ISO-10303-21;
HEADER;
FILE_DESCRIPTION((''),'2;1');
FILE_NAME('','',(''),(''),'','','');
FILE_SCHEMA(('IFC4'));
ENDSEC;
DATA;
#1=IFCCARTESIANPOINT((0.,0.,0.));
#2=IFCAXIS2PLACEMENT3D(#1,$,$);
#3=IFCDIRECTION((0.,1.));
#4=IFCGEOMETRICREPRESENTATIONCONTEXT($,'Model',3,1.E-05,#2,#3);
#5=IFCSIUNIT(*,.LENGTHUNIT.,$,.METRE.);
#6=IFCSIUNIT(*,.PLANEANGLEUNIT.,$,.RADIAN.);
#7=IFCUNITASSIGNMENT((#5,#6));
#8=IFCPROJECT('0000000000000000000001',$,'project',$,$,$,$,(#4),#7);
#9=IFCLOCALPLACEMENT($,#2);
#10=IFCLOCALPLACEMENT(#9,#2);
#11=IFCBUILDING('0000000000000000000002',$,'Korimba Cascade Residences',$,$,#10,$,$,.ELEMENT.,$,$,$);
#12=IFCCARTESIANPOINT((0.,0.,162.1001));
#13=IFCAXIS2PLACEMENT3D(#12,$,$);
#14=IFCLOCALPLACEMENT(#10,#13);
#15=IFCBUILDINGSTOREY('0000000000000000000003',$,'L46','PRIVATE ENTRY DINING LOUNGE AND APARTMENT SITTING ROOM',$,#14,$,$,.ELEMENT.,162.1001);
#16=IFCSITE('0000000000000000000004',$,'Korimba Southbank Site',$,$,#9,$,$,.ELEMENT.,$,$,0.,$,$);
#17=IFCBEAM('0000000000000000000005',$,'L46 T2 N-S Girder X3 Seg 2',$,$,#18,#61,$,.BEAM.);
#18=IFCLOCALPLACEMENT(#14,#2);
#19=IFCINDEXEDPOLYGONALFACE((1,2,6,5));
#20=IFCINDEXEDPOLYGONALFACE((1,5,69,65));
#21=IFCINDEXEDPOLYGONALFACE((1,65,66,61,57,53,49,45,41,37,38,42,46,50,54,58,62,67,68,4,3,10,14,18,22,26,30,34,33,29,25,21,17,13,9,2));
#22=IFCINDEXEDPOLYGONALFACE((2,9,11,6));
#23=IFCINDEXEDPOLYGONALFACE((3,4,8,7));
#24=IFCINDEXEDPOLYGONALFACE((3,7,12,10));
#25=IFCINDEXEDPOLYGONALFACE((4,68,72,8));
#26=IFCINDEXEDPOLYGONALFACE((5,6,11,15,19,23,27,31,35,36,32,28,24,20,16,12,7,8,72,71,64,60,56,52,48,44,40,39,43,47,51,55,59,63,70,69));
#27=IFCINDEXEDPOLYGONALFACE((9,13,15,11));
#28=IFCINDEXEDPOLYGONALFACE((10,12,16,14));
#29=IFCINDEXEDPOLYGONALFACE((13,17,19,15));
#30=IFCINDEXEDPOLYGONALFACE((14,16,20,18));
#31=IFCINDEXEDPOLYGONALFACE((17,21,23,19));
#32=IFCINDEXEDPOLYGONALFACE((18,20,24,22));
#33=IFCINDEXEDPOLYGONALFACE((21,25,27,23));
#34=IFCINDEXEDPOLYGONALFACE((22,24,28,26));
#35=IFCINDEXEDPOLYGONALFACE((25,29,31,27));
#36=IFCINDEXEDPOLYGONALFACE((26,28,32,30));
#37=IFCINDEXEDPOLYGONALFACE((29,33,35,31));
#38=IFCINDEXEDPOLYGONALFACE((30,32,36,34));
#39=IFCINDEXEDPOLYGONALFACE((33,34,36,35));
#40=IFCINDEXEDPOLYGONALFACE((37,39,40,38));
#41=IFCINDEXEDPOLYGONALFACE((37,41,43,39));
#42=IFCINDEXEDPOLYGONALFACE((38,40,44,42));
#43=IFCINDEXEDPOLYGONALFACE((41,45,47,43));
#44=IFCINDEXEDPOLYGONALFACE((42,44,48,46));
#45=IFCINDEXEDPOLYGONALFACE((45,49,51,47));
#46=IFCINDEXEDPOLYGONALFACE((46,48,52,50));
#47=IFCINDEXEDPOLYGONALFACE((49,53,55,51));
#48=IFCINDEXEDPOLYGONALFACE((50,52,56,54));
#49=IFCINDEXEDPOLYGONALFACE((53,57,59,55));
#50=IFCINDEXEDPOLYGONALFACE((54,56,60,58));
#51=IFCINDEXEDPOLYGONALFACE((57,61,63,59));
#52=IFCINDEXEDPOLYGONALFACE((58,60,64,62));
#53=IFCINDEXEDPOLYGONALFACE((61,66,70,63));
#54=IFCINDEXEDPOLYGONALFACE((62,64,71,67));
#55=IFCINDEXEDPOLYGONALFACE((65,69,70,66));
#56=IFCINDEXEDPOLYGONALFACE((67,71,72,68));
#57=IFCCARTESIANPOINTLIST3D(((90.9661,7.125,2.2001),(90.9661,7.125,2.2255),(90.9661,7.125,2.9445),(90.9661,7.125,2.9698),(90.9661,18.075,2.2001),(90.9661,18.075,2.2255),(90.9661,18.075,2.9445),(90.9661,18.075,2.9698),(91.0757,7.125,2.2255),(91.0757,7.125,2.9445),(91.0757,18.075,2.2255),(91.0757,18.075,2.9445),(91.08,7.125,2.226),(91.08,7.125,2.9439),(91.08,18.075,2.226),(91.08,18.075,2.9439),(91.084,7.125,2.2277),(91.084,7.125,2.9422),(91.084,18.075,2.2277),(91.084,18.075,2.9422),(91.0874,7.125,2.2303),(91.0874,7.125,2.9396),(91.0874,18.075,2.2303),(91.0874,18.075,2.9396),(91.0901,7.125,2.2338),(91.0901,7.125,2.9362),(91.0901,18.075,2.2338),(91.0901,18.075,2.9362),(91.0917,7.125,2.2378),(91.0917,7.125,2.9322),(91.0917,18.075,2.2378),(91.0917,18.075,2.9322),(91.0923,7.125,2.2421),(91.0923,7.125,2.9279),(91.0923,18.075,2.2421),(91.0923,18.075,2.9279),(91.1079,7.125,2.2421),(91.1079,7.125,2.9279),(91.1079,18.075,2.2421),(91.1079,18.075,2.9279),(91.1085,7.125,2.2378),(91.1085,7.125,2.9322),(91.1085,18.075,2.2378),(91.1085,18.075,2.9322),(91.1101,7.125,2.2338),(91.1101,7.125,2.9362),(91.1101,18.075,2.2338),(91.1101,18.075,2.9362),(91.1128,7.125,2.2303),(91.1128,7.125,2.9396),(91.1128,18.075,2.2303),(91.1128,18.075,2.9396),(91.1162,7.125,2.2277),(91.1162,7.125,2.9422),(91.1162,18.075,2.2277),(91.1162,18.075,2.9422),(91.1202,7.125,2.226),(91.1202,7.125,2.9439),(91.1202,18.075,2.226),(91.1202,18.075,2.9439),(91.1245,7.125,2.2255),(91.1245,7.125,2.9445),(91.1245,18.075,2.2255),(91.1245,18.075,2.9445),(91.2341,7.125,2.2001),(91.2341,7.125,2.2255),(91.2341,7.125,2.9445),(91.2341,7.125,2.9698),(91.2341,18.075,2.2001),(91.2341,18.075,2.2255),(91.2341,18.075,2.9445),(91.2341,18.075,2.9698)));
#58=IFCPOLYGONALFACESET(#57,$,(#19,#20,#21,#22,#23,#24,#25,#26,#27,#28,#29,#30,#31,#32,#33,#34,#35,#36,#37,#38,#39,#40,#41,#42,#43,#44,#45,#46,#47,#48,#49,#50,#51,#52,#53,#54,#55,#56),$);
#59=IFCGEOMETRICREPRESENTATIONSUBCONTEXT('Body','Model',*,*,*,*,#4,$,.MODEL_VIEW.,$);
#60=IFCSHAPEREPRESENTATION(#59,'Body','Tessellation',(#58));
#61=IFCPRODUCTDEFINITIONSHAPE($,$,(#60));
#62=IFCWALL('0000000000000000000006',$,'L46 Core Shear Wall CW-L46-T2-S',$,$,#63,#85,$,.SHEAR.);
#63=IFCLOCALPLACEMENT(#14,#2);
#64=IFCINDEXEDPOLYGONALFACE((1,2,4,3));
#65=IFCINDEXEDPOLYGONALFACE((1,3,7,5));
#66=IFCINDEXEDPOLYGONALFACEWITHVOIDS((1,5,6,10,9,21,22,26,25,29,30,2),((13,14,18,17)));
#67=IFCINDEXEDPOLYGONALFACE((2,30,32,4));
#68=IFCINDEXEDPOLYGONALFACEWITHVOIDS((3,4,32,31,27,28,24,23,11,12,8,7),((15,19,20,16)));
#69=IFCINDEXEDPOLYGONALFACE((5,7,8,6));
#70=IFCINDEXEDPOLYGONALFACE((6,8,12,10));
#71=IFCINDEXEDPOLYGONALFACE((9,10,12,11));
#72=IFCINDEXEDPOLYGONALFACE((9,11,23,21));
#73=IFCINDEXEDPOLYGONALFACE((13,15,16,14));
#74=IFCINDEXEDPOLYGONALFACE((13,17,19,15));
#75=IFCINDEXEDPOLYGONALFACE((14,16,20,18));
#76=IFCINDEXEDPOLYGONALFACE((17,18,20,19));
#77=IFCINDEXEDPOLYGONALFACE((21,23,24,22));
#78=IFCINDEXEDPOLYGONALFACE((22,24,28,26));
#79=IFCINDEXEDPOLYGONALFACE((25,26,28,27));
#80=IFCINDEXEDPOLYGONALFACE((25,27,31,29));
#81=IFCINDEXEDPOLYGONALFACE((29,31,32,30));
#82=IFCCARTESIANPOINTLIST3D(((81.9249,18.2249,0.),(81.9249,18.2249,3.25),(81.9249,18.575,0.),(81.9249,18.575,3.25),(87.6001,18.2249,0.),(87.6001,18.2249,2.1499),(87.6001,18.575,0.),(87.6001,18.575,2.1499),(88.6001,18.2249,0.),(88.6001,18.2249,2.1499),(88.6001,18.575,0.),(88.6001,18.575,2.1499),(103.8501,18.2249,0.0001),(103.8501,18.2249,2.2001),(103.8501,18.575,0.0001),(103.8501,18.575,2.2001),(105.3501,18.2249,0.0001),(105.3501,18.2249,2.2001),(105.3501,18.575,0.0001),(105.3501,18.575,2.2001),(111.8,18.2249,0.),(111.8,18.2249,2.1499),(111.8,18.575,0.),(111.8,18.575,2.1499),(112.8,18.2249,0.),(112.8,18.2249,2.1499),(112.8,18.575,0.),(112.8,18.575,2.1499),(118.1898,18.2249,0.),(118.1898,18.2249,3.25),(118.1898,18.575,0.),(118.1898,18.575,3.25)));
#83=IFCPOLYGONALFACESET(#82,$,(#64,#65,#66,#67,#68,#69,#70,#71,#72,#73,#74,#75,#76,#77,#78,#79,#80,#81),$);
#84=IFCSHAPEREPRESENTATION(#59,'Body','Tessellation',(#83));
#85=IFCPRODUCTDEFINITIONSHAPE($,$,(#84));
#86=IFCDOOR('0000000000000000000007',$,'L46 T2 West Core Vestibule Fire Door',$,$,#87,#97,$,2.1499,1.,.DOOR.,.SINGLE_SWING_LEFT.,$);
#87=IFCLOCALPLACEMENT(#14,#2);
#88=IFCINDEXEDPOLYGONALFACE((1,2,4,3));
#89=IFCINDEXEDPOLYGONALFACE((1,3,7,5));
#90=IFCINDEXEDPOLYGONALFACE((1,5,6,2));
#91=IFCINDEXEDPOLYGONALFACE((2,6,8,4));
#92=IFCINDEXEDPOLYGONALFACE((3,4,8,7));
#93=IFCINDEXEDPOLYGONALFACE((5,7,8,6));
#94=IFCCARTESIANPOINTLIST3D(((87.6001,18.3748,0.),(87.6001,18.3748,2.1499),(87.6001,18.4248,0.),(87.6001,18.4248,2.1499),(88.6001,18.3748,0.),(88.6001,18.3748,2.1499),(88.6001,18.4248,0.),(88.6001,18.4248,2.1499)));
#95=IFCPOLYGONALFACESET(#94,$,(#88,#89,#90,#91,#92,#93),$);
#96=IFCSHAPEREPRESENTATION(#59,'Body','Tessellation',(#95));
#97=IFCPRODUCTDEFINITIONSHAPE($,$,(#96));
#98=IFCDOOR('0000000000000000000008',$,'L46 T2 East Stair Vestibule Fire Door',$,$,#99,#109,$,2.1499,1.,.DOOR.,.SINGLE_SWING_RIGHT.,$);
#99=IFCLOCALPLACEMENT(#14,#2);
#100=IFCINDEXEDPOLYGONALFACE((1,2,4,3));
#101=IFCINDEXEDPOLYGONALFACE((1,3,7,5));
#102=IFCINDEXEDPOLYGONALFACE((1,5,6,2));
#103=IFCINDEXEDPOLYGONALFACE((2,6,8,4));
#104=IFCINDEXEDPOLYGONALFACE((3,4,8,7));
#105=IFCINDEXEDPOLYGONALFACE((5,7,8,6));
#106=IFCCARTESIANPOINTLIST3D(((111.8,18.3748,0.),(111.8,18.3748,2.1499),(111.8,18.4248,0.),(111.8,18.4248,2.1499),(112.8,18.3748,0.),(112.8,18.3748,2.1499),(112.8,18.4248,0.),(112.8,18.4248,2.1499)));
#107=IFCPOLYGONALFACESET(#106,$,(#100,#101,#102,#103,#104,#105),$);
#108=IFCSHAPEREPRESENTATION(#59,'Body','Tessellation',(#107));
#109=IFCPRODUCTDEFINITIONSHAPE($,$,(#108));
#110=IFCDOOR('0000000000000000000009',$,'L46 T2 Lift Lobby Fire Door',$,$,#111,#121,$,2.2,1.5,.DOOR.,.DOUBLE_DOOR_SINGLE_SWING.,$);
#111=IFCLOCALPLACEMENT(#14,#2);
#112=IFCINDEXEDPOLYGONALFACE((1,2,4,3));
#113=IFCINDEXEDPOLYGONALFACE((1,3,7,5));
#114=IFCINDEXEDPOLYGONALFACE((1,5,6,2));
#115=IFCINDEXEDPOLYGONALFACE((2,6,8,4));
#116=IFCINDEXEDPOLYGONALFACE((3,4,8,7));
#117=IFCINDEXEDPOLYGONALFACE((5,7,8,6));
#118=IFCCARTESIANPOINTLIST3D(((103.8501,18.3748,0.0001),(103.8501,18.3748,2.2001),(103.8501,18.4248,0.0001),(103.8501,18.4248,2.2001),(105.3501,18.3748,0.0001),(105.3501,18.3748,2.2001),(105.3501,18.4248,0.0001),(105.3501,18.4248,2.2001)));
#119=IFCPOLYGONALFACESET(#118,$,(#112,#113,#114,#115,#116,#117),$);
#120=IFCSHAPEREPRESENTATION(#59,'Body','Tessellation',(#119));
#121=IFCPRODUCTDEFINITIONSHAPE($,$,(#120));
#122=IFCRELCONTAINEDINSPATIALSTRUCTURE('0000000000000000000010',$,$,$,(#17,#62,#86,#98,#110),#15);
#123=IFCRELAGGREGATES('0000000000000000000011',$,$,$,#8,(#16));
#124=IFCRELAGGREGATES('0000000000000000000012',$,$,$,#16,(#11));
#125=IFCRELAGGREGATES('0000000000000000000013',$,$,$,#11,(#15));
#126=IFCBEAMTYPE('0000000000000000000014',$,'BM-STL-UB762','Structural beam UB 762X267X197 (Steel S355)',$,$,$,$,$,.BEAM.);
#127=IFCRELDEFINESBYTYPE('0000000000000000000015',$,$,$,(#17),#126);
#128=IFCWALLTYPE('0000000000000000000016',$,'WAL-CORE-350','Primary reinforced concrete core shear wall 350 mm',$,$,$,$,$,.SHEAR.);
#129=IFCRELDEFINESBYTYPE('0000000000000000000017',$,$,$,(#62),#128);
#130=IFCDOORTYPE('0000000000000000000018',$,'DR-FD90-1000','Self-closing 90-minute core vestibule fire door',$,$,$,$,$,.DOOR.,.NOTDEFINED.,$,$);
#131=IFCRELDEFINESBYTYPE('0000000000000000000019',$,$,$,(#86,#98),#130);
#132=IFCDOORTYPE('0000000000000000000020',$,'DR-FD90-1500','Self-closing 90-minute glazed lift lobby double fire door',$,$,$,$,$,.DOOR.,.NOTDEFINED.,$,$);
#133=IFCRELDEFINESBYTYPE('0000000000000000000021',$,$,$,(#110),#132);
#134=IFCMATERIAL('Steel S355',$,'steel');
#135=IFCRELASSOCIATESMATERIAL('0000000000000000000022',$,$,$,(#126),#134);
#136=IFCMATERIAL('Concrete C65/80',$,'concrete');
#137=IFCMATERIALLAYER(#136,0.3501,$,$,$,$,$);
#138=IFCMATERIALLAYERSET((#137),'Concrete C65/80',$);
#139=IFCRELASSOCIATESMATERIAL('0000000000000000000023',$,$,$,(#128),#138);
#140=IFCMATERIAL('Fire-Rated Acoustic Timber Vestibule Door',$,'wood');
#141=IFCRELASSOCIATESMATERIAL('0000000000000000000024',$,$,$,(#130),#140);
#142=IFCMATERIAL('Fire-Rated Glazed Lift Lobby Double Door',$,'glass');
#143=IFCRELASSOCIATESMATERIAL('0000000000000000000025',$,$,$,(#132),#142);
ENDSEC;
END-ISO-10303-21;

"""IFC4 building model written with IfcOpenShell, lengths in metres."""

from ifc_helpers import new_model, si_unit, direction, frame, frame_2d, origin, origin_2d, place, context, subcontext, project, spatial, rectangle, i_section, extrude, material, layer, layer_set, material_profile, profile_set, type_object, element, fill, save


model = new_model("IFC4")

# Units and contexts
model_context = context("Model", 3, precision=1e-05, world=origin(), true_north=direction((0.0, 1.0)))
body_context = subcontext(model_context, "Body", "Model", "MODEL_VIEW")
ifc_project = project(units=[si_unit("LENGTHUNIT", "METRE"), si_unit("PLANEANGLEUNIT", "RADIAN")], contexts=[model_context])

# Site, building, storey
site_placement = place(None, origin())
site = spatial("IfcSite", under=ifc_project, at=site_placement, Name="Korimba Southbank Site", CompositionType="ELEMENT", RefElevation=0.0)
building_placement = place(site_placement, origin())
building = spatial("IfcBuilding", under=site, at=building_placement, Name="Korimba Cascade Residences", CompositionType="ELEMENT")
storey_placement = place(building_placement, frame((0.0, 0.0, 162.1001)))
storey = spatial("IfcBuildingStorey", under=building, at=storey_placement, Name="L46", Description="PRIVATE ENTRY DINING LOUNGE AND APARTMENT SITTING ROOM", CompositionType="ELEMENT", Elevation=162.1001)

# Beam
ifc_material_1 = material(Name="Steel S355", Category="steel")
ifc_material_profile_1 = material_profile(ifc_material_1, i_section(OverallWidth=0.2681, OverallDepth=0.7698, WebThickness=0.0156, FlangeThickness=0.0254, FilletRadius=0.0166, at=origin_2d()), Name="Steel S355")
ifc_profile_set_1 = profile_set([ifc_material_profile_1], Name="Steel S355")
beam_type_1 = type_object("IfcBeamType", Name="BM-STL-UB762", Description="Structural beam UB 762X267X197 (Steel S355)", PredefinedType="BEAM", material=ifc_profile_set_1)
for number, where, z_axis, x_axis, name in (
    (1, (91.1001, 7.125, 2.585), (0.0, 1.0, 0.0), (-1.0, 0.0, 0.0), "L46 T2 N-S Girder X3 Seg 2"),
):
    element("IfcBeam", number, at=place(storey_placement, frame(where, z_axis=z_axis, x_axis=x_axis)), inside=storey, type_object=beam_type_1, Name=name, PredefinedType="BEAM", context=body_context, shape_type="SweptSolid", body=[
        extrude(i_section(OverallWidth=0.2681, OverallDepth=0.7698, WebThickness=0.0156, FlangeThickness=0.0254, FilletRadius=0.0166, at=origin_2d()), origin(), (0.0, 0.0, 1.0), 10.95),
    ])

# Wall, openings, doors
ifc_material_2 = material(Name="Concrete C65/80", Category="concrete")
ifc_layer_1 = layer(ifc_material_2, 0.3501)
ifc_layer_set_1 = layer_set([ifc_layer_1], Name="Concrete C65/80")
wall_type_1 = type_object("IfcWallType", Name="WAL-CORE-350", Description="Primary reinforced concrete core shear wall 350 mm", PredefinedType="SHEAR", material=ifc_layer_set_1)
wall_1_placement = place(storey_placement, frame((81.925, 18.3999, 0.0), z_axis=(0.0, 0.0, 1.0), x_axis=(1.0, 0.0, 0.0)))
wall_1 = element("IfcWall", 2, at=wall_1_placement, inside=storey, type_object=wall_type_1, Name="L46 Core Shear Wall CW-L46-T2-S", PredefinedType="SHEAR", context=body_context, shape_type="SweptSolid", body=[
    extrude(rectangle(XDim=36.2649, YDim=0.3501, at=frame_2d((18.1323, 0.0))), origin(), (0.0, 0.0, 1.0), 3.25),
])
opening_1_placement = place(wall_1_placement, frame((5.675, 0.0, 0.0)))
opening_1 = element("IfcOpeningElement", 3, at=opening_1_placement, cuts=wall_1, PredefinedType="OPENING", context=body_context, shape_type="SweptSolid", body=[
    extrude(rectangle(XDim=1.0, YDim=2.1499, at=frame_2d((0.5, 1.075))), frame((0.0, 0.1851, 0.0), z_axis=(0.0, -1.0, 0.0), x_axis=(1.0, 0.0, 0.0)), (0.0, 0.0, 1.0), 0.3701),
])
opening_2_placement = place(wall_1_placement, frame((21.925, 0.0, 0.0)))
opening_2 = element("IfcOpeningElement", 4, at=opening_2_placement, cuts=wall_1, PredefinedType="OPENING", context=body_context, shape_type="SweptSolid", body=[
    extrude(rectangle(XDim=1.5, YDim=2.2, at=frame_2d((0.75, 1.1001))), frame((0.0, 0.1851, 0.0), z_axis=(0.0, -1.0, 0.0), x_axis=(1.0, 0.0, 0.0)), (0.0, 0.0, 1.0), 0.3701),
])
opening_3_placement = place(wall_1_placement, frame((29.875, 0.0, 0.0)))
opening_3 = element("IfcOpeningElement", 5, at=opening_3_placement, cuts=wall_1, PredefinedType="OPENING", context=body_context, shape_type="SweptSolid", body=[
    extrude(rectangle(XDim=1.0, YDim=2.1499, at=frame_2d((0.5, 1.075))), frame((0.0, 0.1851, 0.0), z_axis=(0.0, -1.0, 0.0), x_axis=(1.0, 0.0, 0.0)), (0.0, 0.0, 1.0), 0.3701),
])
ifc_material_3 = material(Name="Fire-Rated Acoustic Timber Vestibule Door", Category="wood")
door_type_1 = type_object("IfcDoorType", Name="DR-FD90-1000", Description="Self-closing 90-minute core vestibule fire door", OperationType="NOTDEFINED", PredefinedType="DOOR", material=ifc_material_3)
door_1_placement = place(opening_1_placement, origin())
door_1 = element("IfcDoor", 6, at=door_1_placement, inside=storey, type_object=door_type_1, Name="L46 T2 West Core Vestibule Fire Door", OperationType="SINGLE_SWING_LEFT", OverallHeight=2.1499, OverallWidth=1.0, PredefinedType="DOOR", context=body_context, shape_type="SweptSolid", body=[
    extrude(rectangle(XDim=1.0, YDim=2.1499, at=frame_2d((0.5, 1.075))), frame((0.0, 0.0249, 0.0), z_axis=(0.0, -1.0, 0.0), x_axis=(1.0, 0.0, 0.0)), (0.0, 0.0, 1.0), 0.05),
])
fill(opening_1, door_1)
door_2_placement = place(opening_3_placement, origin())
door_2 = element("IfcDoor", 7, at=door_2_placement, inside=storey, type_object=door_type_1, Name="L46 T2 East Stair Vestibule Fire Door", OperationType="SINGLE_SWING_RIGHT", OverallHeight=2.1499, OverallWidth=1.0, PredefinedType="DOOR", context=body_context, shape_type="SweptSolid", body=[
    extrude(rectangle(XDim=1.0, YDim=2.1499, at=frame_2d((0.5, 1.075))), frame((0.0, 0.0249, 0.0), z_axis=(0.0, -1.0, 0.0), x_axis=(1.0, 0.0, 0.0)), (0.0, 0.0, 1.0), 0.05),
])
fill(opening_3, door_2)
ifc_material_4 = material(Name="Fire-Rated Glazed Lift Lobby Double Door", Category="glass")
door_type_2 = type_object("IfcDoorType", Name="DR-FD90-1500", Description="Self-closing 90-minute glazed lift lobby double fire door", OperationType="NOTDEFINED", PredefinedType="DOOR", material=ifc_material_4)
door_3_placement = place(opening_2_placement, origin())
door_3 = element("IfcDoor", 8, at=door_3_placement, inside=storey, type_object=door_type_2, Name="L46 T2 Lift Lobby Fire Door", OperationType="DOUBLE_DOOR_SINGLE_SWING", OverallHeight=2.2, OverallWidth=1.5, PredefinedType="DOOR", context=body_context, shape_type="SweptSolid", body=[
    extrude(rectangle(XDim=1.5, YDim=2.2, at=frame_2d((0.75, 1.1001))), frame((0.0, 0.0249, 0.0), z_axis=(0.0, -1.0, 0.0), x_axis=(1.0, 0.0, 0.0)), (0.0, 0.0, 1.0), 0.05),
])
fill(opening_2, door_3)

save(model, "model.ifc")
